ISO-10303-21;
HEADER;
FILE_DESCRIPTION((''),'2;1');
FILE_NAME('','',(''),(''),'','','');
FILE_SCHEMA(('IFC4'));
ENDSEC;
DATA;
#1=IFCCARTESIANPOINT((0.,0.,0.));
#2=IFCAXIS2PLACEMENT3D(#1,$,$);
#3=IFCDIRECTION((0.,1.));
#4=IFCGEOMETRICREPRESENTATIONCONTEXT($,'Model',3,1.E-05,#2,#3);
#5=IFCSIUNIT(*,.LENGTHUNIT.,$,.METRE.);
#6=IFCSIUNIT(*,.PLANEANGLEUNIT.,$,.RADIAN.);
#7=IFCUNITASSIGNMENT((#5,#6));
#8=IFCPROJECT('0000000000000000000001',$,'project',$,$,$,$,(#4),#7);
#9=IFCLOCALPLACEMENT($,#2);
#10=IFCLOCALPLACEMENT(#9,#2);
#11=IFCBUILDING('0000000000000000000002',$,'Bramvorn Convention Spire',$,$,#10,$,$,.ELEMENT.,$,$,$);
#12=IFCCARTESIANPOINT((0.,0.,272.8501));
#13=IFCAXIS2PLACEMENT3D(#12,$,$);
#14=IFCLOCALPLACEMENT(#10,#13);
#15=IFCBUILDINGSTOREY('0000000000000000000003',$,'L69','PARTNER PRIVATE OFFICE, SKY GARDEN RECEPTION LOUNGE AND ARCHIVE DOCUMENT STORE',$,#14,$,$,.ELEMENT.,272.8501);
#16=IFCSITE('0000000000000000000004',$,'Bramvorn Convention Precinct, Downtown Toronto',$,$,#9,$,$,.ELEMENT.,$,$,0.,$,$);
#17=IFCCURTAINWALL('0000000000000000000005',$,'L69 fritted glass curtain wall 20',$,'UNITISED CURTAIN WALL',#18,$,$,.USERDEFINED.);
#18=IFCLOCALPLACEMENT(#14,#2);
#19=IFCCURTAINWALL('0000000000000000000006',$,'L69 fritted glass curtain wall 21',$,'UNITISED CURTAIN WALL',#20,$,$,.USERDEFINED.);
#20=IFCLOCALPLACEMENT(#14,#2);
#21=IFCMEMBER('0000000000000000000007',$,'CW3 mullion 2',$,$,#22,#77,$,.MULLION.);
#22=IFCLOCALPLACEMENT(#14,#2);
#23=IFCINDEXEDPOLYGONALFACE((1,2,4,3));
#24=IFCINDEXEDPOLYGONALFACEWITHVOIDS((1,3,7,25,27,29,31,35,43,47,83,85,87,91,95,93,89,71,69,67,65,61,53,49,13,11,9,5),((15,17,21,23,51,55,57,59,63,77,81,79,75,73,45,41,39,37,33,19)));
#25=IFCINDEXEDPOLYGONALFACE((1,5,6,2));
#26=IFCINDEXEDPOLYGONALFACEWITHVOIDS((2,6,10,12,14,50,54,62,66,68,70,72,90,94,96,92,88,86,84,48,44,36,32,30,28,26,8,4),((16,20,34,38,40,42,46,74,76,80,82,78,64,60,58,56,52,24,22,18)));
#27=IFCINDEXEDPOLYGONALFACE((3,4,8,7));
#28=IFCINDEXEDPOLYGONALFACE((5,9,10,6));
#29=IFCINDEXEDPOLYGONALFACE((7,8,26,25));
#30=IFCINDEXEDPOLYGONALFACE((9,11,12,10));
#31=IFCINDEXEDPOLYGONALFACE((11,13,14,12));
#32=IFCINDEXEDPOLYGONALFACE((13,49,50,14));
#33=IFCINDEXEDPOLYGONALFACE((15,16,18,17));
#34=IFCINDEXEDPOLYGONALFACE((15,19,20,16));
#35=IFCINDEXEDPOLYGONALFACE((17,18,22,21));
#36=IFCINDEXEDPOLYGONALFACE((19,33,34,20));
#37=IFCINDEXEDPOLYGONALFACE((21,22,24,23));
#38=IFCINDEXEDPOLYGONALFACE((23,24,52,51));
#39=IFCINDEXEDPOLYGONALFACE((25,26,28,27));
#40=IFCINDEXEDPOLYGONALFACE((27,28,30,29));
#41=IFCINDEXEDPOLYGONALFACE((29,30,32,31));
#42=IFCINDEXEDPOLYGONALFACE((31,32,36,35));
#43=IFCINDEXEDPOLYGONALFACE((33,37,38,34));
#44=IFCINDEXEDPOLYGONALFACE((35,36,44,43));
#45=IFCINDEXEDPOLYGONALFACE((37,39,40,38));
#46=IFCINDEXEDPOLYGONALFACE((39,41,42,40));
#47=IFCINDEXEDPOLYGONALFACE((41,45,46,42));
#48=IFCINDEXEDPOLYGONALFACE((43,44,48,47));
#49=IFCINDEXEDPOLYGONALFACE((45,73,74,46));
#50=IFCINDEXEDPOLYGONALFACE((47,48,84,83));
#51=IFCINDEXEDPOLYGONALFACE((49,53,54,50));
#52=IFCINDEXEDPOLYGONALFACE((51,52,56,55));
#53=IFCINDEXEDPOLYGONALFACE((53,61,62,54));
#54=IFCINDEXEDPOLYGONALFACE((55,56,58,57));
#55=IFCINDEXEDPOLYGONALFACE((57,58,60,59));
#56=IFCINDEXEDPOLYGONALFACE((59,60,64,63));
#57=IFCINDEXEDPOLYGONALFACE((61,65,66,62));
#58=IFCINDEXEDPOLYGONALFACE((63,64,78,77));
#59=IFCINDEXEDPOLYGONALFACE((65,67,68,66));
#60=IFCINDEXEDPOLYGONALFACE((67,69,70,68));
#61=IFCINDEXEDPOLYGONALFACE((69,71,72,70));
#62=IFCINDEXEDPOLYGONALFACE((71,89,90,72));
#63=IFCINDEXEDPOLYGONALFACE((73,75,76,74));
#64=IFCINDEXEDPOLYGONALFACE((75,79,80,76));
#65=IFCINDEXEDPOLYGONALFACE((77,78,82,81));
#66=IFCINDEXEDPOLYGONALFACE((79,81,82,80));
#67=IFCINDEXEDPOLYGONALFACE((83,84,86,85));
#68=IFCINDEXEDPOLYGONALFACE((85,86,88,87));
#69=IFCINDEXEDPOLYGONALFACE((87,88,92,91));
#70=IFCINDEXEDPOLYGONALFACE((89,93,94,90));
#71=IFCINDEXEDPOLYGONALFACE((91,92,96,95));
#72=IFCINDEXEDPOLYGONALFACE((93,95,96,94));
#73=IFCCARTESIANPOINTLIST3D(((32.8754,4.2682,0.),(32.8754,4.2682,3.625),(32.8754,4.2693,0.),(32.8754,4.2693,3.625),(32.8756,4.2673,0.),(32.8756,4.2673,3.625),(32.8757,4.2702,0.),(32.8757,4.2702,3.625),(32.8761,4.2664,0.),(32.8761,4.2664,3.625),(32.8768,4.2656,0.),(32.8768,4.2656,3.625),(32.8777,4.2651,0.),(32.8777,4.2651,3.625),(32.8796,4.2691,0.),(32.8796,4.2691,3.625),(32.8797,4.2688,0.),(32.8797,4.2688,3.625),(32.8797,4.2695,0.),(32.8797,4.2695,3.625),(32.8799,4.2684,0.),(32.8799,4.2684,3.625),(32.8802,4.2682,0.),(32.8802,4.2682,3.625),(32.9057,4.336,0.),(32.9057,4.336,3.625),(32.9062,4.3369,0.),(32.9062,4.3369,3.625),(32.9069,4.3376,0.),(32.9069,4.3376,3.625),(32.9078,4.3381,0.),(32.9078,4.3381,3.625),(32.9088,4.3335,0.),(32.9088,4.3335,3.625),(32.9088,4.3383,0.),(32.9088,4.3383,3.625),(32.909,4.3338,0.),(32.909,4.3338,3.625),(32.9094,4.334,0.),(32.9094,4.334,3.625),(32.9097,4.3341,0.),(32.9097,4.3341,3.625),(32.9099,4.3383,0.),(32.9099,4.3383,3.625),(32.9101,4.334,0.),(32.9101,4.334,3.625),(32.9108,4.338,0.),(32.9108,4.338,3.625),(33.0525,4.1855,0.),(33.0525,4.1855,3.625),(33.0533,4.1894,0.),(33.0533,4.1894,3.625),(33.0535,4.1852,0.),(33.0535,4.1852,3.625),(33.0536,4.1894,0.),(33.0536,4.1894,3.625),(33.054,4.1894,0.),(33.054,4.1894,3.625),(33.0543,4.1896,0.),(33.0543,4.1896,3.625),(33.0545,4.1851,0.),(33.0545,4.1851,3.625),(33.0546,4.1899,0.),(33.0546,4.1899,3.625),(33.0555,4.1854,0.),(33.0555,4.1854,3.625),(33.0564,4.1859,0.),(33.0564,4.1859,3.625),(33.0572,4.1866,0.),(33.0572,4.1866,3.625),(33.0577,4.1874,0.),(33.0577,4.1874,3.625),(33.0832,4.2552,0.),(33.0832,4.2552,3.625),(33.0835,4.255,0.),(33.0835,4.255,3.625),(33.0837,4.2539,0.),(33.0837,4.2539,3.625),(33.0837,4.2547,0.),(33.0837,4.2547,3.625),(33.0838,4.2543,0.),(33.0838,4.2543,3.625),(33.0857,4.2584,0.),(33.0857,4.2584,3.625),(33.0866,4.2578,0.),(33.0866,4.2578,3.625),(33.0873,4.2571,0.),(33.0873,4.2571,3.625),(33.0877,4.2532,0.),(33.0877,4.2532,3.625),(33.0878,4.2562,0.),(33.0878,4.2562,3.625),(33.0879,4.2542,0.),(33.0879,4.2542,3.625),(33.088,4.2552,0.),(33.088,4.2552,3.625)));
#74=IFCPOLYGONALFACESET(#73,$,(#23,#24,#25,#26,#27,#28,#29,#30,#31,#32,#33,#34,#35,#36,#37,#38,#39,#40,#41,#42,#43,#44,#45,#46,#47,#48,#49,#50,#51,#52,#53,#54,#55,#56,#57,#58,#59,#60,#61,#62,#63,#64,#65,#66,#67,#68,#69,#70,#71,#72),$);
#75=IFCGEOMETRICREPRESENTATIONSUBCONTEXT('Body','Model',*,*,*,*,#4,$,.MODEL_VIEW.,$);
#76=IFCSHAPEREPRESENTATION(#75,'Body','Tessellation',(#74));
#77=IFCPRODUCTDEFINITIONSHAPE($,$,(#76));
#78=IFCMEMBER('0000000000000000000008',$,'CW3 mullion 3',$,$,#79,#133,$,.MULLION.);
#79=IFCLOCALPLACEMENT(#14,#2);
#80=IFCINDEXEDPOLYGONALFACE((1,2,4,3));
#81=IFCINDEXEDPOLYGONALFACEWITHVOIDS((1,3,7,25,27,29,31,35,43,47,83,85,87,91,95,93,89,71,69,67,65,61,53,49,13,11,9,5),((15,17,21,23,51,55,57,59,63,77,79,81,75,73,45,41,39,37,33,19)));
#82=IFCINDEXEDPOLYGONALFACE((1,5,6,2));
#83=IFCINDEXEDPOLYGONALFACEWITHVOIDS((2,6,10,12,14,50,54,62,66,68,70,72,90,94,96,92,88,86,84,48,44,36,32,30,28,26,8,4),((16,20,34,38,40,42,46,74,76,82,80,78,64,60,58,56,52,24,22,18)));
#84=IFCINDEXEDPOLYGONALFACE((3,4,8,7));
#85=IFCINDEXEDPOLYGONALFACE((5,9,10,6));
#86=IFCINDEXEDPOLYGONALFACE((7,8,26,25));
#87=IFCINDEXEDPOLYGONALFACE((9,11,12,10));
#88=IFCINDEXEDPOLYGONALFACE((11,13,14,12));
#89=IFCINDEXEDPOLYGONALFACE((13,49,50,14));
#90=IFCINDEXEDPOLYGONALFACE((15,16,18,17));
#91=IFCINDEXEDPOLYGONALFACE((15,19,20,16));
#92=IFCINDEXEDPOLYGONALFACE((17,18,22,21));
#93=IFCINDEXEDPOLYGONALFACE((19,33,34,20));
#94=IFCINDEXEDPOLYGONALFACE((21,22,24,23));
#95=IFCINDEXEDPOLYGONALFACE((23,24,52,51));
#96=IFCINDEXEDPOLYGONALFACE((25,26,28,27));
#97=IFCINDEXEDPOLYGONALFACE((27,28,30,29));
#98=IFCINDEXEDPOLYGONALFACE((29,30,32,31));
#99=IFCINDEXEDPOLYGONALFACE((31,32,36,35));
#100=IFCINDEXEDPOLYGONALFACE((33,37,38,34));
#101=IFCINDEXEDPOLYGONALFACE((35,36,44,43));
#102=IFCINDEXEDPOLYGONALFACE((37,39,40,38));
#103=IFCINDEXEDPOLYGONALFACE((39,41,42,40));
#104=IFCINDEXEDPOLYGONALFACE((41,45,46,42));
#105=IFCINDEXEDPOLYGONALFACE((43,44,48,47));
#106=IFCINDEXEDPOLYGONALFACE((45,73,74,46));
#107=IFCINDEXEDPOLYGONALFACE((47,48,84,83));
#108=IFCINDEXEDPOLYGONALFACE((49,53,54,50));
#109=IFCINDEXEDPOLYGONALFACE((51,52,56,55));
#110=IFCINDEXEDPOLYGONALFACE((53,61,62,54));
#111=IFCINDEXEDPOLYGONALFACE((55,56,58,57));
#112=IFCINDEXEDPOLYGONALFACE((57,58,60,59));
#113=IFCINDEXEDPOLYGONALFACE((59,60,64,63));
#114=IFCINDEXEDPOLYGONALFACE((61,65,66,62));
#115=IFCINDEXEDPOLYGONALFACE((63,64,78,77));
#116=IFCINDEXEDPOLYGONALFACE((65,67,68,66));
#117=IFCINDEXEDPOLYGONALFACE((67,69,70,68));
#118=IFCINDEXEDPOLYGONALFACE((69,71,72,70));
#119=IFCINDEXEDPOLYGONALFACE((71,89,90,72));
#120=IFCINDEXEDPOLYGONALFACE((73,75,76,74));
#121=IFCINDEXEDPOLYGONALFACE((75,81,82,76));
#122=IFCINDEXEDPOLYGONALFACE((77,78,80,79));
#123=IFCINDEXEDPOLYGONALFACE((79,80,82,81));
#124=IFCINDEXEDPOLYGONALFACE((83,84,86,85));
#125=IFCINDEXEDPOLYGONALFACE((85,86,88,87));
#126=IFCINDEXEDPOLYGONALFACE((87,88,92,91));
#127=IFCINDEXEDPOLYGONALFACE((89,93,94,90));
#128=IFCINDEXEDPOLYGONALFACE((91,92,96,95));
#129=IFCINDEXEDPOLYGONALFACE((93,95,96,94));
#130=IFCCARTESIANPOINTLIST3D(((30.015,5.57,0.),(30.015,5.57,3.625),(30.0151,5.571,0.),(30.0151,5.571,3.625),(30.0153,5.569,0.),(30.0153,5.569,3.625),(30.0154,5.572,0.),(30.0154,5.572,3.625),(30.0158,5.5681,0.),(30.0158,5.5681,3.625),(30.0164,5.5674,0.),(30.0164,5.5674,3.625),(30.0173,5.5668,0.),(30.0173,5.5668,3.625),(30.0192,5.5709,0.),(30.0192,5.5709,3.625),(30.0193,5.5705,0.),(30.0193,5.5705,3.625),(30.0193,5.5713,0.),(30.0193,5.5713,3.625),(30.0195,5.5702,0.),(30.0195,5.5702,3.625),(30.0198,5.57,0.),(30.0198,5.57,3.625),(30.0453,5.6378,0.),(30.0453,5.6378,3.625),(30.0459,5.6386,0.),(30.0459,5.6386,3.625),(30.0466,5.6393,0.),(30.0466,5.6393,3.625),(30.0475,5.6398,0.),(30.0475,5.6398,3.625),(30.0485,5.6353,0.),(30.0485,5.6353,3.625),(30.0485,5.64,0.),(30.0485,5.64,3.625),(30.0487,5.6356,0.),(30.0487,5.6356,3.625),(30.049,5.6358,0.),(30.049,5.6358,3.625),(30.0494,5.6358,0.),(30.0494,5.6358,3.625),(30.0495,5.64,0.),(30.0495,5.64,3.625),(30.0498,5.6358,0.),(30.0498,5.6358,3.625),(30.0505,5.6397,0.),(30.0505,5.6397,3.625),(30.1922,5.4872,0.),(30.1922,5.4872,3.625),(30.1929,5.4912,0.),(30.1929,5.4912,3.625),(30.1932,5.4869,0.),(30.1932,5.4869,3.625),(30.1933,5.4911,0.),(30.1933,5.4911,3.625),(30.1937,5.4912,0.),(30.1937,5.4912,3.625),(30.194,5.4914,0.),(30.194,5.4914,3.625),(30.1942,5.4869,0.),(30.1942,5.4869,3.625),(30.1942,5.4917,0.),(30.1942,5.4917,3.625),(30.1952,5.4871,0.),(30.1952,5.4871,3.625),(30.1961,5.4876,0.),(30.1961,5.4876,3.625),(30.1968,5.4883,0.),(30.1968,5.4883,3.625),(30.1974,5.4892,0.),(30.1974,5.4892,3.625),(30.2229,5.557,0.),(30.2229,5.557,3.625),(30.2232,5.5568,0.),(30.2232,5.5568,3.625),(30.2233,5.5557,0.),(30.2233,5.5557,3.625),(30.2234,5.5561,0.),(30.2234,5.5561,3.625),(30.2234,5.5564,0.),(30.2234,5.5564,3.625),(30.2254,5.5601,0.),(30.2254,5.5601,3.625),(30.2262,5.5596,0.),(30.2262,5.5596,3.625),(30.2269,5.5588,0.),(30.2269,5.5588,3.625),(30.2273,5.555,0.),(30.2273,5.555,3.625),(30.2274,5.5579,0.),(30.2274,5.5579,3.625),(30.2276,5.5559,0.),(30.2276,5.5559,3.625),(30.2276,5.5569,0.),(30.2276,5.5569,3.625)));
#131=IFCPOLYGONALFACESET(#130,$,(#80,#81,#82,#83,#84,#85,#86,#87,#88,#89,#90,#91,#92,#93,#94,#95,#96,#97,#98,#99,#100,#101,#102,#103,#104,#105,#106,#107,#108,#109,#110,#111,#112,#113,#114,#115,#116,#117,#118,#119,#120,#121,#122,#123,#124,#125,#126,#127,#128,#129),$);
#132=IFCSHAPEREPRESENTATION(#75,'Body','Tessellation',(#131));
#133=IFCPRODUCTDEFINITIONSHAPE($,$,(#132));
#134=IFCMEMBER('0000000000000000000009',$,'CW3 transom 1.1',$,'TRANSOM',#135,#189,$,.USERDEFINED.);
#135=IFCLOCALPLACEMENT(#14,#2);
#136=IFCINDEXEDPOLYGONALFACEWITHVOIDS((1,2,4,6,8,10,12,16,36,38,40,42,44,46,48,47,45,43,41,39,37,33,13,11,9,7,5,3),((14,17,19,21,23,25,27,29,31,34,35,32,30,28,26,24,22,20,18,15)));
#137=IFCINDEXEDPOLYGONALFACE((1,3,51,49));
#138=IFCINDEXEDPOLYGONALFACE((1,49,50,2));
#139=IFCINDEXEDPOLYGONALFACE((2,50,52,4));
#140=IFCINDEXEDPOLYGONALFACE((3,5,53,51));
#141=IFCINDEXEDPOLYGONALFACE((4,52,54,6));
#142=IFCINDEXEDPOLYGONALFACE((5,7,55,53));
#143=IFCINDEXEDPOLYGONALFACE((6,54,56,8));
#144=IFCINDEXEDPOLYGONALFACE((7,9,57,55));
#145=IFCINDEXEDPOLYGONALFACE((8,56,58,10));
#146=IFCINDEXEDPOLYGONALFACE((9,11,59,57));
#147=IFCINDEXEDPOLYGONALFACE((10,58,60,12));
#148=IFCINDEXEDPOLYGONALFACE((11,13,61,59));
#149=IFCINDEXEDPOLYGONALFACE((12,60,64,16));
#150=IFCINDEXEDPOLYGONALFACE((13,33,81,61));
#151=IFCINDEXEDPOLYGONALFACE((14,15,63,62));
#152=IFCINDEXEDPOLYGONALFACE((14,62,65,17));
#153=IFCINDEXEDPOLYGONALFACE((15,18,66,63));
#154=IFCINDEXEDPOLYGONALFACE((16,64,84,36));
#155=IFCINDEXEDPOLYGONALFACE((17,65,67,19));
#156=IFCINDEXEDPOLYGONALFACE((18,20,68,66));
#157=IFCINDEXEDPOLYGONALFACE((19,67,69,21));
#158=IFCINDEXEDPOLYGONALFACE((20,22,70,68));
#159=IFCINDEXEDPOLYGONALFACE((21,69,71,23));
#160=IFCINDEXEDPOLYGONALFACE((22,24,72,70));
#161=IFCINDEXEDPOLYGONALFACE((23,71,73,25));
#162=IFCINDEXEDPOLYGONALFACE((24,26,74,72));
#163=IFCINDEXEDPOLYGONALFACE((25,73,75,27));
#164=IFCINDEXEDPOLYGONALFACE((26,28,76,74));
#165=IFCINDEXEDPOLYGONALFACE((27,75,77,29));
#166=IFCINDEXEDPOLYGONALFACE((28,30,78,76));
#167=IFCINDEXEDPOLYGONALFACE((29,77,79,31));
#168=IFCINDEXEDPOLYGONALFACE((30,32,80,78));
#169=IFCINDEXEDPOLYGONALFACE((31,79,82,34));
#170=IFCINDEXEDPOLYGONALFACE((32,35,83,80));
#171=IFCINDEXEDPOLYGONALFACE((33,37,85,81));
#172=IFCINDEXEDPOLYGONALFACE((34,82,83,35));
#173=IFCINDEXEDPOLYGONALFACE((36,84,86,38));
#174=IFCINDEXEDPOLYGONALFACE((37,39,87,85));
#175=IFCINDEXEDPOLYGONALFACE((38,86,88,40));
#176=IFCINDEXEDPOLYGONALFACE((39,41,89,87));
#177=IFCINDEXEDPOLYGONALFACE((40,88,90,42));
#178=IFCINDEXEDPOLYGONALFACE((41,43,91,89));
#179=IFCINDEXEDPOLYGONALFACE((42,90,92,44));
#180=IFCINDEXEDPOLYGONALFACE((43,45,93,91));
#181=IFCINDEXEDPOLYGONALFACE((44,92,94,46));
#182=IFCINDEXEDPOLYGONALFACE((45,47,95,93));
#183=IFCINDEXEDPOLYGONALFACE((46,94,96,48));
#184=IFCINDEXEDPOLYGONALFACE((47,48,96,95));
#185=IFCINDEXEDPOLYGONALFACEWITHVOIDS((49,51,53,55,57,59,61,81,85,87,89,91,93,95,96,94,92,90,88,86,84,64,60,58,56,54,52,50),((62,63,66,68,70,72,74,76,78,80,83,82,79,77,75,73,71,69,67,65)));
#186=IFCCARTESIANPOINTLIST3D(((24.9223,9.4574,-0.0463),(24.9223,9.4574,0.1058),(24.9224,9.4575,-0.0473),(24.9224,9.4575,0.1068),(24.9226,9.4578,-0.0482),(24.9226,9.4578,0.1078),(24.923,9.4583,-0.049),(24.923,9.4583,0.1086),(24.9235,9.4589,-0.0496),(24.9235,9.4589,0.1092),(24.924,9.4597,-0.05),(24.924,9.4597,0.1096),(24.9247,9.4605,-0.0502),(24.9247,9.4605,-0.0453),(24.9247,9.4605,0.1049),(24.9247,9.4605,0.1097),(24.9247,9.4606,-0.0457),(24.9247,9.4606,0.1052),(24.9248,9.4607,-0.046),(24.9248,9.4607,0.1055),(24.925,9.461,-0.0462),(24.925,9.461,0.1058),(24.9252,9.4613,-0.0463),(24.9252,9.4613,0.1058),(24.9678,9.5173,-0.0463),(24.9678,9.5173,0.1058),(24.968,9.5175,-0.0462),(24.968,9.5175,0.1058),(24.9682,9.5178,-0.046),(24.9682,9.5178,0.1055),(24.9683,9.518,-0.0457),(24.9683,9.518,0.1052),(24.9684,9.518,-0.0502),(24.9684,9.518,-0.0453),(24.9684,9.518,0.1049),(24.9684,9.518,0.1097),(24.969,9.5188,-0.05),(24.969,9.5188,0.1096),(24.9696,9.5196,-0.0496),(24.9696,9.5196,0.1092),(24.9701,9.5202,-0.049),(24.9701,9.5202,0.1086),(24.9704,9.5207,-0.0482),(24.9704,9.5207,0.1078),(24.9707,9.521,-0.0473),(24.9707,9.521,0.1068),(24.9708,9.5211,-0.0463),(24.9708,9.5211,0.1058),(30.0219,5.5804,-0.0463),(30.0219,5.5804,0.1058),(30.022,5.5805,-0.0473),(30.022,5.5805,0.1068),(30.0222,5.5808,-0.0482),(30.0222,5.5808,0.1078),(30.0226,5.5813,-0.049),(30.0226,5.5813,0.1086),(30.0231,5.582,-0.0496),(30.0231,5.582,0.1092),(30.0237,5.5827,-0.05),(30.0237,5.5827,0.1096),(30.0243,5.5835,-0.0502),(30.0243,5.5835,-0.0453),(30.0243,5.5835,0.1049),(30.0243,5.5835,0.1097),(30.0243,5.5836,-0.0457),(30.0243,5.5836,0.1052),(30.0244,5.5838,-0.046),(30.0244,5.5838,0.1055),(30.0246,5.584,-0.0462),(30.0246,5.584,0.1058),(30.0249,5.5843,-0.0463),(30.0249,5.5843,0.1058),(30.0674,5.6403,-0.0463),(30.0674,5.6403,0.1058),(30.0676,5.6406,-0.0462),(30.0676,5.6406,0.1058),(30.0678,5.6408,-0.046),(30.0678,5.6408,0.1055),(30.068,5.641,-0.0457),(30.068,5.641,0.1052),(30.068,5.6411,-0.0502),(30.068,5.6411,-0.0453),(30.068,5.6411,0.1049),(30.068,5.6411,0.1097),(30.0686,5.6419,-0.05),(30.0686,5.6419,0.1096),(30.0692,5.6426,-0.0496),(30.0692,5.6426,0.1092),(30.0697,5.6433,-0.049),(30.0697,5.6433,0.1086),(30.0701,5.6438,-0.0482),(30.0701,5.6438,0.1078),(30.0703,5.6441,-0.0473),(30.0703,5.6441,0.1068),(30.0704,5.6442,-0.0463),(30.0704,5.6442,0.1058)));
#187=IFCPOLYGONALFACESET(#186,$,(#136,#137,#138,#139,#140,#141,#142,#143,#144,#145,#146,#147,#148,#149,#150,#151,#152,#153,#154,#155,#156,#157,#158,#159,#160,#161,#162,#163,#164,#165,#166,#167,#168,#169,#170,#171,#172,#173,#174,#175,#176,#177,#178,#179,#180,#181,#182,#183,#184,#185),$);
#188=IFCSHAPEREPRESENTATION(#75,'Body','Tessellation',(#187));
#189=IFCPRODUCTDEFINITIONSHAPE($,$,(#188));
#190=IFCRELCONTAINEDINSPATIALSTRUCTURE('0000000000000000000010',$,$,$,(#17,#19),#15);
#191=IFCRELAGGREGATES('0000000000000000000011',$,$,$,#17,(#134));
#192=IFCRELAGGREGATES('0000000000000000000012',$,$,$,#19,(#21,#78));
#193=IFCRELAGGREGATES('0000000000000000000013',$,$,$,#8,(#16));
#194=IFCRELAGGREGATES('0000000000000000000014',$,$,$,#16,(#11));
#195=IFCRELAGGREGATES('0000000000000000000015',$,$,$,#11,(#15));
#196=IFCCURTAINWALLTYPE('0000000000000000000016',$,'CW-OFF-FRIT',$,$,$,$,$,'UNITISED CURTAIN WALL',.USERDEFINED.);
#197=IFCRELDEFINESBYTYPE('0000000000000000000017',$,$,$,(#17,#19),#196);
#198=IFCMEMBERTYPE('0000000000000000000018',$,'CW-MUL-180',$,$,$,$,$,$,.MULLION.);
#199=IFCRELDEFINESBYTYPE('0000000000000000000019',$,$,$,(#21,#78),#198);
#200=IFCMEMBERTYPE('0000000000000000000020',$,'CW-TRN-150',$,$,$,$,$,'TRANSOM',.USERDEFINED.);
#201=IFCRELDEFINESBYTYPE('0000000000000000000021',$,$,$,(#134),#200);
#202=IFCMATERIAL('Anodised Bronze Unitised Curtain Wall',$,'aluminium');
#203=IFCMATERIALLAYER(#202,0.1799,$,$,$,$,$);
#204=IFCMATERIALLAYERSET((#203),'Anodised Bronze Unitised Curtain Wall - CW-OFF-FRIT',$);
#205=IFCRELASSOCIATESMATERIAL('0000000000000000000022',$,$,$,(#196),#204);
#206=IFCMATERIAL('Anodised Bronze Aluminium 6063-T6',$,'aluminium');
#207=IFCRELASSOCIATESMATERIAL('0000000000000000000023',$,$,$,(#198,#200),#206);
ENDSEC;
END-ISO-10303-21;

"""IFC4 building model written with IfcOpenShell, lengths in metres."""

from ifc_helpers import new_model, si_unit, direction, frame, origin, origin_2d, place, context, subcontext, project, spatial, hollow_rectangle, extrude, material, layer, layer_set, material_profile, profile_set, type_object, element, aggregate, save


model = new_model("IFC4")

# Units and contexts
model_context = context("Model", 3, precision=1e-05, world=origin(), true_north=direction((0.0, 1.0)))
body_context = subcontext(model_context, "Body", "Model", "MODEL_VIEW")
ifc_project = project(units=[si_unit("LENGTHUNIT", "METRE"), si_unit("PLANEANGLEUNIT", "RADIAN")], contexts=[model_context])

# Site, building, storey
site_placement = place(None, origin())
site = spatial("IfcSite", under=ifc_project, at=site_placement, Name="Bramvorn Convention Precinct, Downtown Toronto", CompositionType="ELEMENT", RefElevation=0.0)
building_placement = place(site_placement, origin())
building = spatial("IfcBuilding", under=site, at=building_placement, Name="Bramvorn Convention Spire", CompositionType="ELEMENT")
storey_placement = place(building_placement, frame((0.0, 0.0, 272.8501)))
storey = spatial("IfcBuildingStorey", under=building, at=storey_placement, Name="L69", Description="PARTNER PRIVATE OFFICE, SKY GARDEN RECEPTION LOUNGE AND ARCHIVE DOCUMENT STORE", CompositionType="ELEMENT", Elevation=272.8501)

# Curtain wall
ifc_material_1 = material(Name="Anodised Bronze Unitised Curtain Wall", Category="aluminium")
ifc_layer_1 = layer(ifc_material_1, 0.1799)
ifc_layer_set_1 = layer_set([ifc_layer_1], Name="Anodised Bronze Unitised Curtain Wall - CW-OFF-FRIT")
curtain_wall_type = type_object("IfcCurtainWallType", Name="CW-OFF-FRIT", ElementType="UNITISED CURTAIN WALL", PredefinedType="USERDEFINED", material=ifc_layer_set_1)
curtain_wall_1_placement = place(storey_placement, origin())
curtain_wall_1 = element("IfcCurtainWall", 1, at=curtain_wall_1_placement, inside=storey, type_object=curtain_wall_type, Name="L69 fritted glass curtain wall 20", ObjectType="UNITISED CURTAIN WALL", PredefinedType="USERDEFINED")
ifc_material_2 = material(Name="Anodised Bronze Aluminium 6063-T6", Category="aluminium")
ifc_material_profile_1 = material_profile(ifc_material_2, hollow_rectangle(XDim=0.0801, YDim=0.2, WallThickness=0.0039, InnerFilletRadius=0.001, OuterFilletRadius=0.0039, at=origin_2d()))
ifc_profile_set_1 = profile_set([ifc_material_profile_1], Name="Anodised Bronze Aluminium 6063-T6 - CWM80X200")
member_type_1 = type_object("IfcMemberType", Name="CW-MUL-180", PredefinedType="MULLION", material=ifc_profile_set_1)

# Curtain wall, members
curtain_wall_2_placement = place(storey_placement, origin())
curtain_wall_2 = element("IfcCurtainWall", 2, at=curtain_wall_2_placement, inside=storey, type_object=curtain_wall_type, Name="L69 fritted glass curtain wall 21", ObjectType="UNITISED CURTAIN WALL", PredefinedType="USERDEFINED")
member_1_placement = place(storey_placement, frame((32.9817, 4.2617, 0.0), z_axis=(0.0, 0.0, 1.0), x_axis=(-0.414229, -0.910173, 0.0)))
member_1 = element("IfcMember", 3, at=member_1_placement, type_object=member_type_1, Name="CW3 mullion 2", PredefinedType="MULLION", context=body_context, shape_type="SweptSolid", body=[
    extrude(hollow_rectangle(XDim=0.0801, YDim=0.2, WallThickness=0.0039, InnerFilletRadius=0.001, OuterFilletRadius=0.0039, at=origin_2d()), origin(), (0.0, 0.0, 1.0), 3.625),
])
member_2_placement = place(storey_placement, frame((30.1213, 5.5635, 0.0), z_axis=(0.0, 0.0, 1.0), x_axis=(-0.414229, -0.910173, 0.0)))
member_2 = element("IfcMember", 4, at=member_2_placement, type_object=member_type_1, Name="CW3 mullion 3", PredefinedType="MULLION", context=body_context, shape_type="SweptSolid", body=[
    extrude(hollow_rectangle(XDim=0.0801, YDim=0.2, WallThickness=0.0039, InnerFilletRadius=0.001, OuterFilletRadius=0.0039, at=origin_2d()), origin(), (0.0, 0.0, 1.0), 3.625),
])

# Member
ifc_material_profile_2 = material_profile(ifc_material_2, hollow_rectangle(XDim=0.0801, YDim=0.1599, WallThickness=0.0039, InnerFilletRadius=0.001, OuterFilletRadius=0.0039, at=origin_2d()))
ifc_profile_set_2 = profile_set([ifc_material_profile_2], Name="Anodised Bronze Aluminium 6063-T6 - CWT80X160")
member_type_2 = type_object("IfcMemberType", Name="CW-TRN-150", ElementType="TRANSOM", PredefinedType="USERDEFINED", material=ifc_profile_set_2)
member_3_placement = place(storey_placement, frame((30.0461, 5.6123, 0.0298), z_axis=(-0.796068, 0.605207, 0.0), x_axis=(-0.605207, -0.796068, 0.0)))
member_3 = element("IfcMember", 5, at=member_3_placement, type_object=member_type_2, Name="CW3 transom 1.1", ObjectType="TRANSOM", PredefinedType="USERDEFINED", context=body_context, shape_type="SweptSolid", body=[
    extrude(hollow_rectangle(XDim=0.0801, YDim=0.1599, WallThickness=0.0039, InnerFilletRadius=0.001, OuterFilletRadius=0.0039, at=origin_2d()), origin(), (0.0, 0.0, 1.0), 6.406),
])
aggregate(curtain_wall_1, [member_3])

aggregate(curtain_wall_2, [member_1, member_2])

save(model, "model.ifc")
